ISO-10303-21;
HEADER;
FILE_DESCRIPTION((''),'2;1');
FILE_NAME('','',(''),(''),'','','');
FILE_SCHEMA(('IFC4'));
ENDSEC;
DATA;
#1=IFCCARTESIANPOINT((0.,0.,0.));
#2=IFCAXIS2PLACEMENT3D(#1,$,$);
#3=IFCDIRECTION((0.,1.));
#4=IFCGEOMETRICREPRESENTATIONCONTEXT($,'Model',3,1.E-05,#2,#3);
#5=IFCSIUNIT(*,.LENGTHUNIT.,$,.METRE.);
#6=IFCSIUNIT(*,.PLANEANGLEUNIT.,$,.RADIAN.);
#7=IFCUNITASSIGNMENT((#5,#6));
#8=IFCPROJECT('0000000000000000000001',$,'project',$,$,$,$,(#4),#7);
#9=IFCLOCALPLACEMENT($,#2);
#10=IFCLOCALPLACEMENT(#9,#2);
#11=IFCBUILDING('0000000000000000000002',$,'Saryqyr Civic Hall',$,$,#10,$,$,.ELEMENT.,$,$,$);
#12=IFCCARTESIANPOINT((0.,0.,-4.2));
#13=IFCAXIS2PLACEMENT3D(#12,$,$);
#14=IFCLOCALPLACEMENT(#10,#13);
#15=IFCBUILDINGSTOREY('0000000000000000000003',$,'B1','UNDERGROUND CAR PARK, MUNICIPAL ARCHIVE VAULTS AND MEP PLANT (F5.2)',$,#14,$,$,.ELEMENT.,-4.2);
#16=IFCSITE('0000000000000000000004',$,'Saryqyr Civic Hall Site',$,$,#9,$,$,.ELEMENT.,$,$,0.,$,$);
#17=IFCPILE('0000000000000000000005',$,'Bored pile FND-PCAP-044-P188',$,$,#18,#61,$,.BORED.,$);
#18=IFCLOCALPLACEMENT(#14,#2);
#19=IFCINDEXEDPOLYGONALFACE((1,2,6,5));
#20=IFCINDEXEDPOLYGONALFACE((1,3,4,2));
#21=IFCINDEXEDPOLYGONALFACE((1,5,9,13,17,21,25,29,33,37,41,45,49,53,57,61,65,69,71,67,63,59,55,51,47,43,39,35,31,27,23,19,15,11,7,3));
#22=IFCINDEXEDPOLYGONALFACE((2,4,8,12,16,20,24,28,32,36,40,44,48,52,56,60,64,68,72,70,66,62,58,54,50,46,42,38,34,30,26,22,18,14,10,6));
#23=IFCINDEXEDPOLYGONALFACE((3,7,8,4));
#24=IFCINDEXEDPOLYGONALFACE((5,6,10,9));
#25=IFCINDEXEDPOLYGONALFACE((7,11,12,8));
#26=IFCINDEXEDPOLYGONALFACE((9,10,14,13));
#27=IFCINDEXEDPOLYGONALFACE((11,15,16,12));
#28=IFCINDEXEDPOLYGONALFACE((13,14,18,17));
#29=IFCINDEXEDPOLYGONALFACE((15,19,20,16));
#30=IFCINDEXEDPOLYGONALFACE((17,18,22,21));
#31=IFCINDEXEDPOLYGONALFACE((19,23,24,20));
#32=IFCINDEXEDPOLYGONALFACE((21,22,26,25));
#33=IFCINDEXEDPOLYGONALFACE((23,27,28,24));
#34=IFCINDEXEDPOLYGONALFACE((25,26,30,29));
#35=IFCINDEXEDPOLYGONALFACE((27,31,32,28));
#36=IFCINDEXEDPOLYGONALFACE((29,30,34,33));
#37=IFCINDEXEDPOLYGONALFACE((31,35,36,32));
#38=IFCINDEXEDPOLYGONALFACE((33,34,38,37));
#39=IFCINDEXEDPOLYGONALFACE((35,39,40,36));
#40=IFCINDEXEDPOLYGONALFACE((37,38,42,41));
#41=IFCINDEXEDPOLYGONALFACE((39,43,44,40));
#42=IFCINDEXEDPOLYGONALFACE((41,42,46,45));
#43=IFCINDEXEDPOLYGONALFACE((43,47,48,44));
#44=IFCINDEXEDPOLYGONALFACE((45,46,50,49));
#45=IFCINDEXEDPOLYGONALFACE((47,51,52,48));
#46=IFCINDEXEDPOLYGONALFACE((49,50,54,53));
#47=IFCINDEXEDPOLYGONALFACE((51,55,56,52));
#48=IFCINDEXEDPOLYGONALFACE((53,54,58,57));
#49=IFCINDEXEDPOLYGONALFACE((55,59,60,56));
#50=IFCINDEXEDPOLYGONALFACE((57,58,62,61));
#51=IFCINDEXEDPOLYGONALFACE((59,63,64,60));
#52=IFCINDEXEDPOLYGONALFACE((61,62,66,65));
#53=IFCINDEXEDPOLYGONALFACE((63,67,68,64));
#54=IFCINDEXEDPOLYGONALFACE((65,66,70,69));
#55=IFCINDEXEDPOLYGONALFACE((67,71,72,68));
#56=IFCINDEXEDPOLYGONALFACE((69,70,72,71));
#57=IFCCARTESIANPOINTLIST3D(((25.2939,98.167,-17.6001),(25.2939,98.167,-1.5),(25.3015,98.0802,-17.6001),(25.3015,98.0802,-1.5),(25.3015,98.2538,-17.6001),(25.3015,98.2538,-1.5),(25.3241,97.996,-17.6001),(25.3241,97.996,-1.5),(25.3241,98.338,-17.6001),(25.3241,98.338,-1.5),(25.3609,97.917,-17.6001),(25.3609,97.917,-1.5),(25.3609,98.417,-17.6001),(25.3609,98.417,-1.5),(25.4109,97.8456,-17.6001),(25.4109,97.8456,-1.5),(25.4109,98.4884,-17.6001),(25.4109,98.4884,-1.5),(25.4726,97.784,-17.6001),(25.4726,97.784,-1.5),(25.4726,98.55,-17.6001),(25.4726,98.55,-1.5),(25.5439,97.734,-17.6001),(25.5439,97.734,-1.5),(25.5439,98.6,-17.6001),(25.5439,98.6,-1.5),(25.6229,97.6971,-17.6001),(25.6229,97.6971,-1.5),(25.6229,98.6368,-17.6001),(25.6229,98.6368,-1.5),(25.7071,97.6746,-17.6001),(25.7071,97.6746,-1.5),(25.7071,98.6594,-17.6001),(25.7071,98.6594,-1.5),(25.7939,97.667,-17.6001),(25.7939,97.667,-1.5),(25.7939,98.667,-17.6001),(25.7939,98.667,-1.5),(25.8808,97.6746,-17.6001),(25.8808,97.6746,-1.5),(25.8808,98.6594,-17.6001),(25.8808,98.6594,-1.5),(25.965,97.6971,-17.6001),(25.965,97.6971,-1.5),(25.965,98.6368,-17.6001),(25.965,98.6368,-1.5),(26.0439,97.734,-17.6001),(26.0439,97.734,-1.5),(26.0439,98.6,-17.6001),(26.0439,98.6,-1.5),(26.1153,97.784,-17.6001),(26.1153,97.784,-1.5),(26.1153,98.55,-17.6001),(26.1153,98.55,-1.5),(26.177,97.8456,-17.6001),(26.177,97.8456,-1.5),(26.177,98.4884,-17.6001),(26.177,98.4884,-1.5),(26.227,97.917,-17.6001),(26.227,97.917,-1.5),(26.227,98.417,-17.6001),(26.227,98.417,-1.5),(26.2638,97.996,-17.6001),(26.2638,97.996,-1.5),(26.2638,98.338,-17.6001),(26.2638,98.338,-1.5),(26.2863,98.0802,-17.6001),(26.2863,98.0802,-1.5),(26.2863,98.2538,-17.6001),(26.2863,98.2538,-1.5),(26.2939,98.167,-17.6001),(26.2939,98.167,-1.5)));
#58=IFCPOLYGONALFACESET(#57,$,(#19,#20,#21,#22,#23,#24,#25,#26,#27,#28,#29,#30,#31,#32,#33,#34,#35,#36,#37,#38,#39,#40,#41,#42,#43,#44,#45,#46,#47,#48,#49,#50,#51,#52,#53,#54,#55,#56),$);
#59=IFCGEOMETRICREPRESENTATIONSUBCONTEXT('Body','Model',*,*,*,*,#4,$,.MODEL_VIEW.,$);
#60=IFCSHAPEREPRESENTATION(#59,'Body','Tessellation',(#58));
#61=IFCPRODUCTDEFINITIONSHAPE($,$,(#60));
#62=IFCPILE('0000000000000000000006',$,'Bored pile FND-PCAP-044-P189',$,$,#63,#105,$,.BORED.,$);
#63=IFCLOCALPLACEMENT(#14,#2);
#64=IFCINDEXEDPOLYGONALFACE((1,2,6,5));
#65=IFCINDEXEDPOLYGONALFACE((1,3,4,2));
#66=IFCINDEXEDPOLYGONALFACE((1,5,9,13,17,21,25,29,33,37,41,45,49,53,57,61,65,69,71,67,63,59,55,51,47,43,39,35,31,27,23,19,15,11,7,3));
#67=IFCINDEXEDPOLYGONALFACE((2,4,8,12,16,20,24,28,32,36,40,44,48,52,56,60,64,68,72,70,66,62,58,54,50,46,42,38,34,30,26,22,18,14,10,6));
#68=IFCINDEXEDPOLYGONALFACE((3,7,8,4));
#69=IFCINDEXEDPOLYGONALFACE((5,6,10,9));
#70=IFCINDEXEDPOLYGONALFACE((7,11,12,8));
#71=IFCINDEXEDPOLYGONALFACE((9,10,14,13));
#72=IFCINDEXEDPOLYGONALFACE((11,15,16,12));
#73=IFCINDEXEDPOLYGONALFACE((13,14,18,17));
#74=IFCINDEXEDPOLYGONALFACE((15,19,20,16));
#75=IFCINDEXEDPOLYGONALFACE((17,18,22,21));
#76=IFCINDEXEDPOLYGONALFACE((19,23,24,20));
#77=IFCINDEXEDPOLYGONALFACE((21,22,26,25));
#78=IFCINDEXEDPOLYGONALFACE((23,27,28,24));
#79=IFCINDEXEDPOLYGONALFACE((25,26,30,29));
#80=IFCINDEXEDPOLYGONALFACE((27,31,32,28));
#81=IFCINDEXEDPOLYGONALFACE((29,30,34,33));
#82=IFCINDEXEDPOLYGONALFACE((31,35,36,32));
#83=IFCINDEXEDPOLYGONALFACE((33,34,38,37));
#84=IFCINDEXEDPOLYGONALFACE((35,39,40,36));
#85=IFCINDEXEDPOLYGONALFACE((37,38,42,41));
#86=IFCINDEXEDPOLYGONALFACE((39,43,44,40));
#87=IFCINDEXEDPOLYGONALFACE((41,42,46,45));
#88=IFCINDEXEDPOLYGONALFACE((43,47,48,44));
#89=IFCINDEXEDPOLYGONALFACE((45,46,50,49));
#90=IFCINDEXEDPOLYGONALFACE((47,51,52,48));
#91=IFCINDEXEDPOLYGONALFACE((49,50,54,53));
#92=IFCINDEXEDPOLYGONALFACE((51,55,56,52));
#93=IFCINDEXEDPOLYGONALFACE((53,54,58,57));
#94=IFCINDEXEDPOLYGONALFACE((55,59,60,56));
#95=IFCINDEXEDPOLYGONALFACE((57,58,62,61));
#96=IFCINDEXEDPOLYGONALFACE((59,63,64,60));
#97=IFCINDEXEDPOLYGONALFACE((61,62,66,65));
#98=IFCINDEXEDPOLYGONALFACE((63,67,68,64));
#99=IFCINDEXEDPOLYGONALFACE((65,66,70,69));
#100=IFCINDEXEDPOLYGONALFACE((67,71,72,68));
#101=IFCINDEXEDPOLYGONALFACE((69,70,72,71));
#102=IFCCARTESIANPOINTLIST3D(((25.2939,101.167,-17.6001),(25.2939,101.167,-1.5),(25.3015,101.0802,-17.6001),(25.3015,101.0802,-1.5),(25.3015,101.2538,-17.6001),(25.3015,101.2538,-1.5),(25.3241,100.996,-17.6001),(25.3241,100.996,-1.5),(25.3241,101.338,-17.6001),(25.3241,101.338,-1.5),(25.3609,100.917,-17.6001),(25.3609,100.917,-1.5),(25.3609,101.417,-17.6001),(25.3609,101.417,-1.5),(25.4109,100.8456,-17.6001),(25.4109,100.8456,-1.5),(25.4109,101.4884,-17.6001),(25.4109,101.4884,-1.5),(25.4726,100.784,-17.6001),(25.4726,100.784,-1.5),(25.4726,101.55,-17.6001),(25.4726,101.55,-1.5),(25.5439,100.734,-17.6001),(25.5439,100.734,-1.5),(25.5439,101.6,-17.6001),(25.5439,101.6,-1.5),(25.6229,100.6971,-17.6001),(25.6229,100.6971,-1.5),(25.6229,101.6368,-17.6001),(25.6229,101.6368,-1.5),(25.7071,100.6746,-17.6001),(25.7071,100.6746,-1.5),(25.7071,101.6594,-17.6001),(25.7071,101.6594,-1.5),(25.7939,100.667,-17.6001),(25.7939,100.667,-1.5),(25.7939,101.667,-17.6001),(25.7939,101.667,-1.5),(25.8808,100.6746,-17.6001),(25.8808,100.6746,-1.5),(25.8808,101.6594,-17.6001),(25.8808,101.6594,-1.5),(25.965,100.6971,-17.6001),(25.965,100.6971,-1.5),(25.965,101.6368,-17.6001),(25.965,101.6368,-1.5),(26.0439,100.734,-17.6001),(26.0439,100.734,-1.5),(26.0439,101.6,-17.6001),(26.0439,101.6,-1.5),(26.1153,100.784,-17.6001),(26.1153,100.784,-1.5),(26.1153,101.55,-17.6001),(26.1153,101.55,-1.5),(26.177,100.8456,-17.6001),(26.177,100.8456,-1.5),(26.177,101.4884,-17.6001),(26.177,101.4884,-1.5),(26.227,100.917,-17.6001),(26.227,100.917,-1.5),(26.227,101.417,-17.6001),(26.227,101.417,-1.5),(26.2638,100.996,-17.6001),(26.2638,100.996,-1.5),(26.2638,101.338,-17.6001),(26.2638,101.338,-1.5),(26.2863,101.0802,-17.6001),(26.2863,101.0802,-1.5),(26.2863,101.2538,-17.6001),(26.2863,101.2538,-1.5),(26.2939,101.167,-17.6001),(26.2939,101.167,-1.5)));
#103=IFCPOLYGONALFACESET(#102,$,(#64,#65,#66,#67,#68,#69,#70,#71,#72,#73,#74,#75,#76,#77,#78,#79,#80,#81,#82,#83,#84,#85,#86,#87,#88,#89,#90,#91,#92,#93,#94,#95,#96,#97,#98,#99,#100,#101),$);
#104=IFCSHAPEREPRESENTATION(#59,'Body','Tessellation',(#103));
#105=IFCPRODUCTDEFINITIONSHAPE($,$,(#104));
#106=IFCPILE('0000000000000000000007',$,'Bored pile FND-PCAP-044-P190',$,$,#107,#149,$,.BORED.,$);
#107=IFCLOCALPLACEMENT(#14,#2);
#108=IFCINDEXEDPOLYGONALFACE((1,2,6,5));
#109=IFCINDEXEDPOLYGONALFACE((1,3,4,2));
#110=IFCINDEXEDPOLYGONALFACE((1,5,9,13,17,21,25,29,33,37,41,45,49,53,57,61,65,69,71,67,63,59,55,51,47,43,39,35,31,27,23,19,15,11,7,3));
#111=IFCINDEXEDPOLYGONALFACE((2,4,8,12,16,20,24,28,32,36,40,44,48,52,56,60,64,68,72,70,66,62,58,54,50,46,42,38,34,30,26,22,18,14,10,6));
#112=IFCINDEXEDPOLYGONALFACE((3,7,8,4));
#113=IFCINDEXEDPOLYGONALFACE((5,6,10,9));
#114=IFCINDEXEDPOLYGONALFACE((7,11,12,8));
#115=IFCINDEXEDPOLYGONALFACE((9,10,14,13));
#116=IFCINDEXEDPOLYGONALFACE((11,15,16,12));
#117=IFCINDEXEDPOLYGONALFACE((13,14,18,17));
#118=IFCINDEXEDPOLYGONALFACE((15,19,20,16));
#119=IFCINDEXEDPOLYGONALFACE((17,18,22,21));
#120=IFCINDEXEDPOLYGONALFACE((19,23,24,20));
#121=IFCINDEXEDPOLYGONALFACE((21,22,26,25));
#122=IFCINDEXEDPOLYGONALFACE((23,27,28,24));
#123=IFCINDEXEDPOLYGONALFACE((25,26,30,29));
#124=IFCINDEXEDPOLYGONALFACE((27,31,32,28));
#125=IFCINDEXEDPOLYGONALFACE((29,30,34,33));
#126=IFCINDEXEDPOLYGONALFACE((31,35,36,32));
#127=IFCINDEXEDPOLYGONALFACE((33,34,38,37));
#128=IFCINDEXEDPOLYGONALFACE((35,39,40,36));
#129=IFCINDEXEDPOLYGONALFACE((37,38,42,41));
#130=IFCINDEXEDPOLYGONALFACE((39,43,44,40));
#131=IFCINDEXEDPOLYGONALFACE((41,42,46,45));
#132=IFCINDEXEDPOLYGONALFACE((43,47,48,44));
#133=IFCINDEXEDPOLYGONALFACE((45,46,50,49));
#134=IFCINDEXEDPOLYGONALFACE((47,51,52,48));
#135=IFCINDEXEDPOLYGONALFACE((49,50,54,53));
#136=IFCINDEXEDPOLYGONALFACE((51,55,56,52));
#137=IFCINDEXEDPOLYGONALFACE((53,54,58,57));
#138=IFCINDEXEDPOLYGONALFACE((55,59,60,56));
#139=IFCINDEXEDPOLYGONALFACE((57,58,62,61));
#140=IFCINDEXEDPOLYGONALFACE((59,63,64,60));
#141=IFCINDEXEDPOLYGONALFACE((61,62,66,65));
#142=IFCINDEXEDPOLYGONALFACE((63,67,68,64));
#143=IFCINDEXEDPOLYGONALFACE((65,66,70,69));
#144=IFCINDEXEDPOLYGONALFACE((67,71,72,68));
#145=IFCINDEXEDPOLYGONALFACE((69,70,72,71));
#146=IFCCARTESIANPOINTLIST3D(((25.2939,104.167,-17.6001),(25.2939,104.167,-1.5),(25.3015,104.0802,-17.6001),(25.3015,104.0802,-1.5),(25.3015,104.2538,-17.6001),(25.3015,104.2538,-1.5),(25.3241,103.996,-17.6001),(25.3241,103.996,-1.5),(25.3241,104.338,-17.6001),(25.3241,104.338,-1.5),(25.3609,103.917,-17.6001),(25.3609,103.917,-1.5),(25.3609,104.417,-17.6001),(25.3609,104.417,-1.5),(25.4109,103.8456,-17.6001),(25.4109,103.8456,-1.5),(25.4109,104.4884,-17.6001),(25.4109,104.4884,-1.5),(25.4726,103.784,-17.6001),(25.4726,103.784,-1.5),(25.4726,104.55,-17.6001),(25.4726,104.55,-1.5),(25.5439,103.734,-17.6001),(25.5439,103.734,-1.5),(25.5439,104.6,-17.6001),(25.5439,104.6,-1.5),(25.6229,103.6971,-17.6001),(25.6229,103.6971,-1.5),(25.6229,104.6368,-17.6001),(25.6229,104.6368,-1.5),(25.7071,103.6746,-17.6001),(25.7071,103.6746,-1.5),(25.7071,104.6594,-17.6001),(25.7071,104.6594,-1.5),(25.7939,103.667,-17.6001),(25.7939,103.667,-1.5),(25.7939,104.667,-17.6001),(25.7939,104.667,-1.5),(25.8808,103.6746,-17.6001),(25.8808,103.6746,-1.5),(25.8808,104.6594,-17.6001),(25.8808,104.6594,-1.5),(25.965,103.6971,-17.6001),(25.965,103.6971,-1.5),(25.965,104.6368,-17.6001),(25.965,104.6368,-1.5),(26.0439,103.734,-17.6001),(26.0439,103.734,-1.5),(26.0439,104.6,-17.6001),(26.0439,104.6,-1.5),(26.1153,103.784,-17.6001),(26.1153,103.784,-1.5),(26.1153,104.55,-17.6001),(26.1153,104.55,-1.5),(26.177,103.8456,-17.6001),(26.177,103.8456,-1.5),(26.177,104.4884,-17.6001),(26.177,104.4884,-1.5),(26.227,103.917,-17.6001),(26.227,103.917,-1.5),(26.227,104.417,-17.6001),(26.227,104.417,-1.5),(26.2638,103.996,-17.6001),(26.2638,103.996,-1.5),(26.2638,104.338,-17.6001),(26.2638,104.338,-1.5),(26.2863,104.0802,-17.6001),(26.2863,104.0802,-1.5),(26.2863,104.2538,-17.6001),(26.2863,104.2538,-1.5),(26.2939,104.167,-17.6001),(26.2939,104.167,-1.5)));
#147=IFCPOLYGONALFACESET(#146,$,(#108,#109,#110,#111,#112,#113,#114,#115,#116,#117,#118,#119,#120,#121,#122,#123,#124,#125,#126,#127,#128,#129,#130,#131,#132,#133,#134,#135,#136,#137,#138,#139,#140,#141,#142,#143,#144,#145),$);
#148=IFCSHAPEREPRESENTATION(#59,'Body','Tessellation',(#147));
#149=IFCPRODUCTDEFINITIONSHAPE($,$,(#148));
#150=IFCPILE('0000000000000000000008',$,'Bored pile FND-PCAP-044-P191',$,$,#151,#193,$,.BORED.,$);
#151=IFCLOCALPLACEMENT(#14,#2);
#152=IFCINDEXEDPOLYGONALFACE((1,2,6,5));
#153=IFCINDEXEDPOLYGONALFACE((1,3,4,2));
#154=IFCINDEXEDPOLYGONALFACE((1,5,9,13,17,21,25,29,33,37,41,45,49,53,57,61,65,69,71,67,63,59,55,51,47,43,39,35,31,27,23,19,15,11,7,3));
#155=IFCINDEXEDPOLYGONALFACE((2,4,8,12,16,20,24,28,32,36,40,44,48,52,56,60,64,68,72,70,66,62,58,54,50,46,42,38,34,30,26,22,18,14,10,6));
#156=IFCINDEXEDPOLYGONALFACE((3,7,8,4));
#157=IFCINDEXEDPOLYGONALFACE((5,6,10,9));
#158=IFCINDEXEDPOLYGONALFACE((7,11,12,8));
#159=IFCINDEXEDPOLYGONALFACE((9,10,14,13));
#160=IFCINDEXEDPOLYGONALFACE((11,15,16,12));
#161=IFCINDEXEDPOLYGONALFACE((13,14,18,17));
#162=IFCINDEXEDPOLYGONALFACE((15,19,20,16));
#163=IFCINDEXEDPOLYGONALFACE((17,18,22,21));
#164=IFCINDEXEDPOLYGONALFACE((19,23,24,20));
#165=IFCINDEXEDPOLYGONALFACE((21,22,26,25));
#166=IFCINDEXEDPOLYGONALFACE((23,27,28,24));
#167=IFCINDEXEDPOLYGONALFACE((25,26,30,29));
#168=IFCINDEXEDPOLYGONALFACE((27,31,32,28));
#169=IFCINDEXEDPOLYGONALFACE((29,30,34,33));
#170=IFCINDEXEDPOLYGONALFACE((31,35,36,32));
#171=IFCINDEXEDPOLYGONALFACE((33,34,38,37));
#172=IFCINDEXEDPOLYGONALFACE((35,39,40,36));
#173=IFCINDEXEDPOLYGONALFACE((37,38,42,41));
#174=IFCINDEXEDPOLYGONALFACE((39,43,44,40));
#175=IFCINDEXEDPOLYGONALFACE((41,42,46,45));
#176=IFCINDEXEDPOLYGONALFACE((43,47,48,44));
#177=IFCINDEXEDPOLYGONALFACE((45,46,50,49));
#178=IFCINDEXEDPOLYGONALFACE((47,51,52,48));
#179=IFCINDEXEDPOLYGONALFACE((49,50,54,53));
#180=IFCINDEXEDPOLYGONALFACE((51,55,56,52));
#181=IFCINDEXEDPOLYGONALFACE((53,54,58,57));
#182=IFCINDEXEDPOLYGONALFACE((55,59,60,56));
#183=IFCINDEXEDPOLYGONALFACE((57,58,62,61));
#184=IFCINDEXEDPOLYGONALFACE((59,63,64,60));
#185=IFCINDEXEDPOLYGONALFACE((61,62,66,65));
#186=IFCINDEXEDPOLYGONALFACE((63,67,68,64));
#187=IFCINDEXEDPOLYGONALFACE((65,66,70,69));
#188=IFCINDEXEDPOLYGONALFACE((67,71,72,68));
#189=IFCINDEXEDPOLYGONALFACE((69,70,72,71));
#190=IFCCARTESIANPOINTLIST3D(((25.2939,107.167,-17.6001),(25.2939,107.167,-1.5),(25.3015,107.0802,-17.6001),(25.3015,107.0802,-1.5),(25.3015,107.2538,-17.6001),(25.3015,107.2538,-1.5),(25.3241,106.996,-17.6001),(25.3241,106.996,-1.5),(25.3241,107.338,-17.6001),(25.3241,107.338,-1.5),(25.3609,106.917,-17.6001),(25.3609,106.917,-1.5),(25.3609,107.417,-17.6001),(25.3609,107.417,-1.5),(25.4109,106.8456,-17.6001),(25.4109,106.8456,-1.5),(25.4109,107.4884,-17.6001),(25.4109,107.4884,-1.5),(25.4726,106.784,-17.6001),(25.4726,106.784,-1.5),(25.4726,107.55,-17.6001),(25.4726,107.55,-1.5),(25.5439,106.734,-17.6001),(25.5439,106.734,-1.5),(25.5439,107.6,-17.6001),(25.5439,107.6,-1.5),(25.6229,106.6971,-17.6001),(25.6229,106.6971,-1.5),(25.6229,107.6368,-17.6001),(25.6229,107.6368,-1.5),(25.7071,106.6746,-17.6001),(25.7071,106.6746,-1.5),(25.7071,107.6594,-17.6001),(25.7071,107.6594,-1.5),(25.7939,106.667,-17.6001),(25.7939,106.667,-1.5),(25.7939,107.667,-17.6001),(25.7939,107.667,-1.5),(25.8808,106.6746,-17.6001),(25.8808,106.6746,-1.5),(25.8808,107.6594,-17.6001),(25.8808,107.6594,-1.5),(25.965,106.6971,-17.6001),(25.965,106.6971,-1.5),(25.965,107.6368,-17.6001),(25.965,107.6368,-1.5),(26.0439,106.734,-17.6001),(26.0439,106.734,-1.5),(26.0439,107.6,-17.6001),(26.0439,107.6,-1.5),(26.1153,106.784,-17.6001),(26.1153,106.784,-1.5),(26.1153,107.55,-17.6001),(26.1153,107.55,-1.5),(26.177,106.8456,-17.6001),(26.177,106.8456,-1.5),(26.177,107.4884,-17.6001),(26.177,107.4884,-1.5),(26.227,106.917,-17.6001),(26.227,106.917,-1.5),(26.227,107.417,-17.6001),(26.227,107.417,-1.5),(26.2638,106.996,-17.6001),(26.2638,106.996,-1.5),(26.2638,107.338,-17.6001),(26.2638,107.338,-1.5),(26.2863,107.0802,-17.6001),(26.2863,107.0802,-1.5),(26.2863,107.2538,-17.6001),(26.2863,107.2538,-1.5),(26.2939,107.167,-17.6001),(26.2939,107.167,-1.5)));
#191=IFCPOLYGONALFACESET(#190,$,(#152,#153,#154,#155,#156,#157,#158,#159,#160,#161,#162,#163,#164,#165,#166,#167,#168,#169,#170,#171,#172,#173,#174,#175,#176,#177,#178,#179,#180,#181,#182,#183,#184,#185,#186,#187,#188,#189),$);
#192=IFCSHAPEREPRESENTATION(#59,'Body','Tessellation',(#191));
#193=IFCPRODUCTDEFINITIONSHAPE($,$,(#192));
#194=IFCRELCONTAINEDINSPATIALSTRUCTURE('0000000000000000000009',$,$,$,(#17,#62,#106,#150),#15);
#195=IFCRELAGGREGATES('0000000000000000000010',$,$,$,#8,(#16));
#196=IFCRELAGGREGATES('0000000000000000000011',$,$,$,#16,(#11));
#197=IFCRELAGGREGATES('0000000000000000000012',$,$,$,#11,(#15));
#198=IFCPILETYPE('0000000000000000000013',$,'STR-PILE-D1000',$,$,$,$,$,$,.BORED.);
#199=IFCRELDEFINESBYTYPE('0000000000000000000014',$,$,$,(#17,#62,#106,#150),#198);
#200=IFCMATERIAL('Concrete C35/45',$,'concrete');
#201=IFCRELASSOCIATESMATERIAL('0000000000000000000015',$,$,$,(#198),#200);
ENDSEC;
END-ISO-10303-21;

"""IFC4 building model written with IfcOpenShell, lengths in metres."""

from ifc_helpers import new_model, si_unit, direction, frame, origin, origin_2d, place, context, subcontext, project, spatial, circle, extrude, material, material_profile, profile_set, type_object, element, save


model = new_model("IFC4")

# Units and contexts
model_context = context("Model", 3, precision=1e-05, world=origin(), true_north=direction((0.0, 1.0)))
body_context = subcontext(model_context, "Body", "Model", "MODEL_VIEW")
ifc_project = project(units=[si_unit("LENGTHUNIT", "METRE"), si_unit("PLANEANGLEUNIT", "RADIAN")], contexts=[model_context])

# Site, building, storey
site_placement = place(None, origin())
site = spatial("IfcSite", under=ifc_project, at=site_placement, Name="Saryqyr Civic Hall Site", CompositionType="ELEMENT", RefElevation=0.0)
building_placement = place(site_placement, origin())
building = spatial("IfcBuilding", under=site, at=building_placement, Name="Saryqyr Civic Hall", CompositionType="ELEMENT")
storey_placement = place(building_placement, frame((0.0, 0.0, -4.2)))
storey = spatial("IfcBuildingStorey", under=building, at=storey_placement, Name="B1", Description="UNDERGROUND CAR PARK, MUNICIPAL ARCHIVE VAULTS AND MEP PLANT (F5.2)", CompositionType="ELEMENT", Elevation=-4.2)

# Piles
ifc_material_1 = material(Name="Concrete C35/45", Category="concrete")
ifc_material_profile_1 = material_profile(ifc_material_1, circle(Radius=0.5, at=origin_2d()), Name="BORED PILE D1000")
ifc_profile_set_1 = profile_set([ifc_material_profile_1], Name="Concrete C35/45")
pile_type = type_object("IfcPileType", Name="STR-PILE-D1000", PredefinedType="BORED", material=ifc_profile_set_1)
for number, where, z_axis, x_axis, name in (
    (1, (25.7939, 98.167, -1.5), (0.0, 0.0, -1.0), (1.0, 0.0, 0.0), "Bored pile FND-PCAP-044-P188"),
    (2, (25.7939, 101.167, -1.5), (0.0, 0.0, -1.0), (1.0, 0.0, 0.0), "Bored pile FND-PCAP-044-P189"),
    (3, (25.7939, 104.167, -1.5), (0.0, 0.0, -1.0), (1.0, 0.0, 0.0), "Bored pile FND-PCAP-044-P190"),
    (4, (25.7939, 107.167, -1.5), (0.0, 0.0, -1.0), (1.0, 0.0, 0.0), "Bored pile FND-PCAP-044-P191"),
):
    element("IfcPile", number, at=place(storey_placement, frame(where, z_axis=z_axis, x_axis=x_axis)), inside=storey, type_object=pile_type, Name=name, PredefinedType="BORED", context=body_context, shape_type="SweptSolid", body=[
        extrude(circle(Radius=0.5, at=origin_2d()), origin(), (0.0, 0.0, 1.0), 16.1001),
    ])

save(model, "model.ifc")
